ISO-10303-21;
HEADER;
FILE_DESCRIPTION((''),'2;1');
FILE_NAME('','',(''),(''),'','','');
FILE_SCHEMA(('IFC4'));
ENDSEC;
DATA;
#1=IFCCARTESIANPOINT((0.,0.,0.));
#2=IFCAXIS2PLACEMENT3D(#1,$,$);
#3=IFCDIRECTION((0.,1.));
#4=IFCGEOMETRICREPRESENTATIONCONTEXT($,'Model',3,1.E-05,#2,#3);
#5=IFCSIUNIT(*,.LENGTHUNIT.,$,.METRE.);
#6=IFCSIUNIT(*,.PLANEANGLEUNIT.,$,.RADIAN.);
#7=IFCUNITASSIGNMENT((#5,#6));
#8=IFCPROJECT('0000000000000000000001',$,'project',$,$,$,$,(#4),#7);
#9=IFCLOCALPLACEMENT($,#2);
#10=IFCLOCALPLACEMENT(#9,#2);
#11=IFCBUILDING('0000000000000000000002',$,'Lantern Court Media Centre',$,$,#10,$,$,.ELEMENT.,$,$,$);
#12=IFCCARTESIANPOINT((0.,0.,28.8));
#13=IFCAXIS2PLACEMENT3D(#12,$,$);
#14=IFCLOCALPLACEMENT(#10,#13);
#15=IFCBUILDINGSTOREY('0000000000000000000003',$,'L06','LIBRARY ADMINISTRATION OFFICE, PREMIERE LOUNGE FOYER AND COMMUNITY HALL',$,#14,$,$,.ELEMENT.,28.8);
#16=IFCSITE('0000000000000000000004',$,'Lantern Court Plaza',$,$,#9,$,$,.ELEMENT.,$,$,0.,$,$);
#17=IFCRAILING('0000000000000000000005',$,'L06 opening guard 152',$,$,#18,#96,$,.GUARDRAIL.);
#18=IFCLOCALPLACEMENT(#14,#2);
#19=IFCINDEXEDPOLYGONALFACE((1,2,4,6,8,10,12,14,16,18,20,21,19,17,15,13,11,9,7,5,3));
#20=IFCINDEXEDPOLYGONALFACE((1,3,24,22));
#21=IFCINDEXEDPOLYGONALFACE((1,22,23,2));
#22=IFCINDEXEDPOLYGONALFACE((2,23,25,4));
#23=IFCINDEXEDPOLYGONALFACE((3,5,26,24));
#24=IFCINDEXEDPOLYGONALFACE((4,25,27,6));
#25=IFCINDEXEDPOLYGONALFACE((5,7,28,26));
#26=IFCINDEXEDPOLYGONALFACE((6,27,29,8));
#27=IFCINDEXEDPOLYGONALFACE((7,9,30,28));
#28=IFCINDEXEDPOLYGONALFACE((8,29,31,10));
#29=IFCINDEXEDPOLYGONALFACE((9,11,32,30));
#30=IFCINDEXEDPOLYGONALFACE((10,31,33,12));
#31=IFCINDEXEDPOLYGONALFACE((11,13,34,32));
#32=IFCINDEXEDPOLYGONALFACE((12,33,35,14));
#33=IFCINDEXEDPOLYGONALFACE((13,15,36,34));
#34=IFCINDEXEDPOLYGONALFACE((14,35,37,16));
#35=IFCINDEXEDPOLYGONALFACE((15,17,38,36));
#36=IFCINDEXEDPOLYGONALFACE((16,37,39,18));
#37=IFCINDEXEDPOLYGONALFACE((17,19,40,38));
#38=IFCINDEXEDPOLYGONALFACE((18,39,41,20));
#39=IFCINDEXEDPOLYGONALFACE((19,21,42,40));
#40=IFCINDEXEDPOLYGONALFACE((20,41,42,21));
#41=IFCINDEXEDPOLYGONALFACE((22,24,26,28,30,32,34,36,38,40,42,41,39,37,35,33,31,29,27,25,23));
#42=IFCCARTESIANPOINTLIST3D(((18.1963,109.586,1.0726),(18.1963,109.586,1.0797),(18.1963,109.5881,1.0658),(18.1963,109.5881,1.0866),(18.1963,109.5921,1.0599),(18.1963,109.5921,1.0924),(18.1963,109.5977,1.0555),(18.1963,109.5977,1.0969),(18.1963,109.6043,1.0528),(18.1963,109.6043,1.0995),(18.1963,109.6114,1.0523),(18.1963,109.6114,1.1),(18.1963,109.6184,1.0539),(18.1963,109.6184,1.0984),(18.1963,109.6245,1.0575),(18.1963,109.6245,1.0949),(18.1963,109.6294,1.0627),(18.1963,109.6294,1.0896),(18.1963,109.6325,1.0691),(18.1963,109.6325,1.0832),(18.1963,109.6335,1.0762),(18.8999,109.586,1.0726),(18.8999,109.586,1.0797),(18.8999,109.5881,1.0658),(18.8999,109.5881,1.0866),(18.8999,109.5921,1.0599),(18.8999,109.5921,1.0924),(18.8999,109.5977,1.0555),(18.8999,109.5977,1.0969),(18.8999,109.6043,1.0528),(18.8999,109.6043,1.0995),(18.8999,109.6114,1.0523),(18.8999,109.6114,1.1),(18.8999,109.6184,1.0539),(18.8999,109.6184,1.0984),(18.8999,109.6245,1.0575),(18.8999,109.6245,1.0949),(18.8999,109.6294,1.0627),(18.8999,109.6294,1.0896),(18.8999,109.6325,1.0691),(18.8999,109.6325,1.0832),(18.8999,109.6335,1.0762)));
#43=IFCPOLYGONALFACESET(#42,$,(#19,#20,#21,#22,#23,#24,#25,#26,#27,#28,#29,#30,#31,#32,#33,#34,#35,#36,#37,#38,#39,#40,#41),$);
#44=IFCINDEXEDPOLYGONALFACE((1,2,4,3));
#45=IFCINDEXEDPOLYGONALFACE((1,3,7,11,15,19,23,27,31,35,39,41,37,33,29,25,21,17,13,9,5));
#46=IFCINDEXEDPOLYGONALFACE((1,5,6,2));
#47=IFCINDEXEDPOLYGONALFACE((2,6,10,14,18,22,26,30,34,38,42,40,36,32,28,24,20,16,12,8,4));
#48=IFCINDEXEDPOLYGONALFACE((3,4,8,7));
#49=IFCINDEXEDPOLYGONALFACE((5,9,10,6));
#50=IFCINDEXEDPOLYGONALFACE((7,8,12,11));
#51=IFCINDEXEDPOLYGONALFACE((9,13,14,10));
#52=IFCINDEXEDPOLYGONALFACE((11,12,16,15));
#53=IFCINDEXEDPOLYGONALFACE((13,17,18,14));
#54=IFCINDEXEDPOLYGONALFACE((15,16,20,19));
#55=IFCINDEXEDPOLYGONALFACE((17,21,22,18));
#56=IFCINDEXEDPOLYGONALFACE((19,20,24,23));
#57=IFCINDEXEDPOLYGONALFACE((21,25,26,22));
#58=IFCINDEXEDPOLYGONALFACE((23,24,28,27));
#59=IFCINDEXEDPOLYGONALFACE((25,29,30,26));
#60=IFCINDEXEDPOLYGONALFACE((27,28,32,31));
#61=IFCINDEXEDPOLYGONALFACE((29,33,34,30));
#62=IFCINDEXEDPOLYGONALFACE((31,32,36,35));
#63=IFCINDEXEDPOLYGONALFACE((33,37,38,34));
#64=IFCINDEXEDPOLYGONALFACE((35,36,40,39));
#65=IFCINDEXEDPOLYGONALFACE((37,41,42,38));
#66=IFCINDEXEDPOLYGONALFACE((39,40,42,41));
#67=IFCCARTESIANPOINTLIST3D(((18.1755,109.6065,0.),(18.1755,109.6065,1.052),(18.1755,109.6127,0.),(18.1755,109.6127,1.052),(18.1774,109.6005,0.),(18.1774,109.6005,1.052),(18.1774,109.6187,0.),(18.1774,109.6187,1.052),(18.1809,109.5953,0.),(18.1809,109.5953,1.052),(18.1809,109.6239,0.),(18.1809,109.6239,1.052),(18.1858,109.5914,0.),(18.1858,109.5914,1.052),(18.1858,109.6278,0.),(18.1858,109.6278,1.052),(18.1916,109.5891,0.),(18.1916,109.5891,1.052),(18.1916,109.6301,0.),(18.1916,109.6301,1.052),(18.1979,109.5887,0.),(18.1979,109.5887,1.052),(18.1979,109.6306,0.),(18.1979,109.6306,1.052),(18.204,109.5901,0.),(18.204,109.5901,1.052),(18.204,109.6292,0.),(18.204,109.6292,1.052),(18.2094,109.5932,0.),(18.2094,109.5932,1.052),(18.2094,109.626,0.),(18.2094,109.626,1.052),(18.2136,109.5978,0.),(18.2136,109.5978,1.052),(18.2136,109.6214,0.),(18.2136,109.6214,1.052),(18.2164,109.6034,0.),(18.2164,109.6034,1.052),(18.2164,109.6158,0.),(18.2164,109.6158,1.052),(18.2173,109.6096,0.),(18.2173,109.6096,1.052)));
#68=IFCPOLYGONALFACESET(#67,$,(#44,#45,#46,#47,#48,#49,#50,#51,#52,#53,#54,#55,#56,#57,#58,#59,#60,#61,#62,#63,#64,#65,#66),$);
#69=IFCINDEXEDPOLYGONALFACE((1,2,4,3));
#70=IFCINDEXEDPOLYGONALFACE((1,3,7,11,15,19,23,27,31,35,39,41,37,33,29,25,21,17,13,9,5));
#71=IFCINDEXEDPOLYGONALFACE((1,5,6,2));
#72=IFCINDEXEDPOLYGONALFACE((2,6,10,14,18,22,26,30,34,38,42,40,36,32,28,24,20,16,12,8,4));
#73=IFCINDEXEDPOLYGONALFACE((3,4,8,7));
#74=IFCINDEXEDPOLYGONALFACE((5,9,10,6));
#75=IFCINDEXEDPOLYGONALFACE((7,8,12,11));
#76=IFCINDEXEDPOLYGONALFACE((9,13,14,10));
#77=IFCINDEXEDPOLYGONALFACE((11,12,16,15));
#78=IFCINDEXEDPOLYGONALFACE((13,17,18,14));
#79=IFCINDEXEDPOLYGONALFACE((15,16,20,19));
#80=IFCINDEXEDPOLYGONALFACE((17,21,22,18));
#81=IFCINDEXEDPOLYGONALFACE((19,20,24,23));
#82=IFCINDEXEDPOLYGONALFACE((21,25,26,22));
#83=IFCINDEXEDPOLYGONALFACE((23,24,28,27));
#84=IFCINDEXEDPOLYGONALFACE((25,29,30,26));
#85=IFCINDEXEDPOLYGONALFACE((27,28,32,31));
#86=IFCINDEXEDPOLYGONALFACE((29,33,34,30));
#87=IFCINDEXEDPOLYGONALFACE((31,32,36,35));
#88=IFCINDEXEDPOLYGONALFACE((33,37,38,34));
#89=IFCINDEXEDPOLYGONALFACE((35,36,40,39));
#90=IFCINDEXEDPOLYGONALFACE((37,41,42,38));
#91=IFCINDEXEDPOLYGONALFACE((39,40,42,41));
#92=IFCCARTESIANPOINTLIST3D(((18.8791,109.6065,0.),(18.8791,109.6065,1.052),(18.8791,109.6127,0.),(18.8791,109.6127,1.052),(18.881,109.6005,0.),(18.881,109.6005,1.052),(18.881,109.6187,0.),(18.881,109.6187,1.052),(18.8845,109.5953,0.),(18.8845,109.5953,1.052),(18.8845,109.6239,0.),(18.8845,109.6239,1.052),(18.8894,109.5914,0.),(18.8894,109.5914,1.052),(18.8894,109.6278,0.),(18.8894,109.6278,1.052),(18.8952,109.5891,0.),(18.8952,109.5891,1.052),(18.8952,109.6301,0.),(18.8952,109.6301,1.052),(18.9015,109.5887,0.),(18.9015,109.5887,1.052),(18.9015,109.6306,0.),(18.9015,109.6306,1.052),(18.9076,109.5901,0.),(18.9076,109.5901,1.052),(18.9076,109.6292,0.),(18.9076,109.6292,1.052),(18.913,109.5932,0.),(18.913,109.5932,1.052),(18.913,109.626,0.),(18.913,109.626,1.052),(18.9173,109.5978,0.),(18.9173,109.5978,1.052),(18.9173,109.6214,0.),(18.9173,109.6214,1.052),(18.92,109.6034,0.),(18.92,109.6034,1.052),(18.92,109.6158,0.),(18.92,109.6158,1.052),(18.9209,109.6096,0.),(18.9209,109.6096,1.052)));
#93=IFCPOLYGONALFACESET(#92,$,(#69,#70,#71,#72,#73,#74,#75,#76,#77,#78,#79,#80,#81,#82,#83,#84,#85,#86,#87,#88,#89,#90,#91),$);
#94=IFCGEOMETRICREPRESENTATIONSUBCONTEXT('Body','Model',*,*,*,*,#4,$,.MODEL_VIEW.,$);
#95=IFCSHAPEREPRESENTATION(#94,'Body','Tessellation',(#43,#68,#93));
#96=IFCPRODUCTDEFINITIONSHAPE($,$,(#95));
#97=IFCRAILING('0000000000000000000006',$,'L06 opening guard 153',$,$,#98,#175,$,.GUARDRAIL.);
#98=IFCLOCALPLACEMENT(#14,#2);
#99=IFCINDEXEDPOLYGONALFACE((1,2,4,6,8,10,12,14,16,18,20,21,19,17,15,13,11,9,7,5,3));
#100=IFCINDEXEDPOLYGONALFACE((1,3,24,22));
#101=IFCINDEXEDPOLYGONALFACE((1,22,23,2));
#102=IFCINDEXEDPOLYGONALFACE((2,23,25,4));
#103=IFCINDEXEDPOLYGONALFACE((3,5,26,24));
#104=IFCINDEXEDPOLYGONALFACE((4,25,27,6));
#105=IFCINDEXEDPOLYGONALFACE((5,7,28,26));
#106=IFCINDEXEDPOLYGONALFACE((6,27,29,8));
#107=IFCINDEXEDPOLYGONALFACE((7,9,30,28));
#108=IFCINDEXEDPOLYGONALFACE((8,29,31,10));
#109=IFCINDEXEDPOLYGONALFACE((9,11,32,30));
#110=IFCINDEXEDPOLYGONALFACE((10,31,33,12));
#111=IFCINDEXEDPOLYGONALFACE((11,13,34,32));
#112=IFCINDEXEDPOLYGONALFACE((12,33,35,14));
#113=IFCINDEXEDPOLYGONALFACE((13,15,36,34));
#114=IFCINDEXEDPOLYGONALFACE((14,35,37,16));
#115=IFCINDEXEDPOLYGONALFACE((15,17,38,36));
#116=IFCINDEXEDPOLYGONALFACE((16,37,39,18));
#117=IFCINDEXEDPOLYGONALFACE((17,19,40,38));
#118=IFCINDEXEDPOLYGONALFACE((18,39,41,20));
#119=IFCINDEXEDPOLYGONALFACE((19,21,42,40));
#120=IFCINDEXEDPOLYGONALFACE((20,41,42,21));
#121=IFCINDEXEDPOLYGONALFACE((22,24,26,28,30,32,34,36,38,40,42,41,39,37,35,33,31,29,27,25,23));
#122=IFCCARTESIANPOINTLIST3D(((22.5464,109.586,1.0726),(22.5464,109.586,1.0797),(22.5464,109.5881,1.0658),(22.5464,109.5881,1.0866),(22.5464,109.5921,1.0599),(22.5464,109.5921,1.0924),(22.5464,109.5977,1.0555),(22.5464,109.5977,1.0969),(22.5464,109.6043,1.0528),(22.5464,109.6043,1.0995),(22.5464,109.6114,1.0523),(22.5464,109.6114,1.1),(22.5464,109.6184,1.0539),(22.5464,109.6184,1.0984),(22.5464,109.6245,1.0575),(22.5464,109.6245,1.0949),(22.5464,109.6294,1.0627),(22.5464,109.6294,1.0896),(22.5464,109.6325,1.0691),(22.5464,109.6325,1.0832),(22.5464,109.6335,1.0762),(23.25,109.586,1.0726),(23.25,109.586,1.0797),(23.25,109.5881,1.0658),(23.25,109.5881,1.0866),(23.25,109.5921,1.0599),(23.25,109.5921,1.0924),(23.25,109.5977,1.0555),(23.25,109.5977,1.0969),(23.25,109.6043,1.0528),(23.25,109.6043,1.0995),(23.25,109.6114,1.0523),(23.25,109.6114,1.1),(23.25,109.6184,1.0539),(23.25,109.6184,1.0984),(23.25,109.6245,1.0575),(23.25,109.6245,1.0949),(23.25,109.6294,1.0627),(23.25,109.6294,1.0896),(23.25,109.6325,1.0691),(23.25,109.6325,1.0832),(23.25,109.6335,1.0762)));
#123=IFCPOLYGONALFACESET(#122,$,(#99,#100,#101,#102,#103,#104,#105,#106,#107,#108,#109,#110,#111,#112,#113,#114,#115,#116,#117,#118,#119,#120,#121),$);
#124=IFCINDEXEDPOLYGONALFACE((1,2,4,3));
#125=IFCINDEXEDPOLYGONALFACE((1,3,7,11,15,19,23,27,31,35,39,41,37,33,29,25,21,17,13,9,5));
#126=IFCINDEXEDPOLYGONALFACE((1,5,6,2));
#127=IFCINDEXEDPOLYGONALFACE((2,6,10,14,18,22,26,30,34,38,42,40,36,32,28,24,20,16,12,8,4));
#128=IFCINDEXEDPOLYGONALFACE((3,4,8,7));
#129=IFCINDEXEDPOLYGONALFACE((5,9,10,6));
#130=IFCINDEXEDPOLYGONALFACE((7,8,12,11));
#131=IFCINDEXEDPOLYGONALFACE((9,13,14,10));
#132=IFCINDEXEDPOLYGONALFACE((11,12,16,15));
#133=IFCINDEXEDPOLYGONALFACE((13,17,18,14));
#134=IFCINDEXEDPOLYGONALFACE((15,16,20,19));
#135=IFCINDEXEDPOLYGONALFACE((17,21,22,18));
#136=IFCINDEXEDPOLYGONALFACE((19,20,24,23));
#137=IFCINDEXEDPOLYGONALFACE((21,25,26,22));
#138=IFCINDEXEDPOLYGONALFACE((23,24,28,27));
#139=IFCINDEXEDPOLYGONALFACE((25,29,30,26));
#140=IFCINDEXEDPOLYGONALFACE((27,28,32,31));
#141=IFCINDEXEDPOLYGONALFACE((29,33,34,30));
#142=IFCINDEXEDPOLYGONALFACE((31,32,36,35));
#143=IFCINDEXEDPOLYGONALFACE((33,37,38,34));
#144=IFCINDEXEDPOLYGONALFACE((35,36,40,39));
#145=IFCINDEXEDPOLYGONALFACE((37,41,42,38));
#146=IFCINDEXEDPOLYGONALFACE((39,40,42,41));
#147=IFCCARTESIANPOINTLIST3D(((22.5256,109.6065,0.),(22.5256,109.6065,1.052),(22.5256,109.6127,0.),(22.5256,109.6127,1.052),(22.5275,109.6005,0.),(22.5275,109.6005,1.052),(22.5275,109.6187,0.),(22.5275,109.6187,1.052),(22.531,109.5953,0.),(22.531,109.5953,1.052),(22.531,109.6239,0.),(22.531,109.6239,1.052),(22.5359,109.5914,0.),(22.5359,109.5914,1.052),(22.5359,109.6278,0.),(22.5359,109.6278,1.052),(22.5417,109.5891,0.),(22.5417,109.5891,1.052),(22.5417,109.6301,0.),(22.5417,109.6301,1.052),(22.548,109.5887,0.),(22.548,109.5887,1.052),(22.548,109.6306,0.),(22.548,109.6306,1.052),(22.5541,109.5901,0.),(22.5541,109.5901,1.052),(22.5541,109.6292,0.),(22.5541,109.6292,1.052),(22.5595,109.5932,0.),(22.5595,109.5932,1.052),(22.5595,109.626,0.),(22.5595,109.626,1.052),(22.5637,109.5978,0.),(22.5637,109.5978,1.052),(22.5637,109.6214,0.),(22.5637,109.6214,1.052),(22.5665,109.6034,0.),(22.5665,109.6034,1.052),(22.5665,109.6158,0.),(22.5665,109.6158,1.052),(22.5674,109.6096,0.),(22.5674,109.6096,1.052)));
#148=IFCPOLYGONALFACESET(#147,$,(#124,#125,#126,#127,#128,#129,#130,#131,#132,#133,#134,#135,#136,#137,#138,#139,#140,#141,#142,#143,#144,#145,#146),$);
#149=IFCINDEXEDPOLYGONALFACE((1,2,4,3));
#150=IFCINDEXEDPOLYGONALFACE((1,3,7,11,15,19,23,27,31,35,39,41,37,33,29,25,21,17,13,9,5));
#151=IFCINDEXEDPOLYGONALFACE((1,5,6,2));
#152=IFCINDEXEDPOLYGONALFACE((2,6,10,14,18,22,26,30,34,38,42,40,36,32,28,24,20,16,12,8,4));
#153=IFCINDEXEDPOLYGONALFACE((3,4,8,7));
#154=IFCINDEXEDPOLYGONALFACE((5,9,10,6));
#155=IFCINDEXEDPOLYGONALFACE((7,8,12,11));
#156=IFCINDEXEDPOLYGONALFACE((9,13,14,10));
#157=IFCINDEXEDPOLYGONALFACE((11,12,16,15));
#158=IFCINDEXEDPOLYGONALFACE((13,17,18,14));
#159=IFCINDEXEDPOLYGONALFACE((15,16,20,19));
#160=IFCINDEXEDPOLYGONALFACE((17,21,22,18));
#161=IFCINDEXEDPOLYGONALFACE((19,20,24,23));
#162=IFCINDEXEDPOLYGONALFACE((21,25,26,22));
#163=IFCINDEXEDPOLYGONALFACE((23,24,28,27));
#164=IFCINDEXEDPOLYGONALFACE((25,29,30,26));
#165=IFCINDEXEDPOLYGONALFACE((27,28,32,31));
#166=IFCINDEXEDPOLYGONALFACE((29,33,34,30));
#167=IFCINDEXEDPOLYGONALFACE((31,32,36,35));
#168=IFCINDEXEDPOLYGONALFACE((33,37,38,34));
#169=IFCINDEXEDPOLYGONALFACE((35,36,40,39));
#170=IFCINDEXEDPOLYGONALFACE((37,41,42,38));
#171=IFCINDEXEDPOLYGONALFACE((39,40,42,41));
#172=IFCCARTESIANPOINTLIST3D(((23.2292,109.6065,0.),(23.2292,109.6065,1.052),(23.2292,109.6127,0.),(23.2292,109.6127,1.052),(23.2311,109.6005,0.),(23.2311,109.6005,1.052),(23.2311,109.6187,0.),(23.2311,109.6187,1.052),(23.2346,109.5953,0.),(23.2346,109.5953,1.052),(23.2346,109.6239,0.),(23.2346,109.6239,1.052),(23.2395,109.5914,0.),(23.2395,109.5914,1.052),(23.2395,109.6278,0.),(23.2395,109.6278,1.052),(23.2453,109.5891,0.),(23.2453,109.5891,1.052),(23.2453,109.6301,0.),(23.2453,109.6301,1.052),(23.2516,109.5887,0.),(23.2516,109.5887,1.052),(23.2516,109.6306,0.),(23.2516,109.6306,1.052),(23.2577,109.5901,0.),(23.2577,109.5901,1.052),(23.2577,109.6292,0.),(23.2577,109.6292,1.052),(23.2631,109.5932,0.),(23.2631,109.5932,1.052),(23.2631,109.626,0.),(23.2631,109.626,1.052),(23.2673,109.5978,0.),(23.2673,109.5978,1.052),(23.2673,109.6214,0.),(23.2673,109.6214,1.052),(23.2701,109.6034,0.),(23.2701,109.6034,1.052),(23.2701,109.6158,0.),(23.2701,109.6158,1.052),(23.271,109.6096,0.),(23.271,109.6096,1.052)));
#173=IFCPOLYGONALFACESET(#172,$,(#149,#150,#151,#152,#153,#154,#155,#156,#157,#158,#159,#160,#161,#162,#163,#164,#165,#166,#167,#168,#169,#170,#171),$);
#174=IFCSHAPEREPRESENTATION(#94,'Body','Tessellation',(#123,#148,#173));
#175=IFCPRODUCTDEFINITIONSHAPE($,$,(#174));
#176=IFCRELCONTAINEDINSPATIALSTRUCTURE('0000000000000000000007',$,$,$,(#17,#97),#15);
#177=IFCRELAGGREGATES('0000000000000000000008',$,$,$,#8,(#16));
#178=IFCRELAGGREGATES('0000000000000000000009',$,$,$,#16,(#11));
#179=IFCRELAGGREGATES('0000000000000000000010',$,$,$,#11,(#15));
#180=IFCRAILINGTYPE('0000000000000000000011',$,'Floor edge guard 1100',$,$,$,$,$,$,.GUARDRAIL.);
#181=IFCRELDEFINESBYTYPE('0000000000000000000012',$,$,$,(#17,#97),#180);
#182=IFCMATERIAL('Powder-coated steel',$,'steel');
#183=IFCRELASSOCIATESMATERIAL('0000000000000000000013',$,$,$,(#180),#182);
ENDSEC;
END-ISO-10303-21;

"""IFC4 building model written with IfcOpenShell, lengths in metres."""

from ifc_helpers import new_model, si_unit, direction, frame, origin, origin_2d, place, context, subcontext, project, spatial, circle, extrude, material, type_object, element, save


model = new_model("IFC4")

# Units and contexts
model_context = context("Model", 3, precision=1e-05, world=origin(), true_north=direction((0.0, 1.0)))
body_context = subcontext(model_context, "Body", "Model", "MODEL_VIEW")
ifc_project = project(units=[si_unit("LENGTHUNIT", "METRE"), si_unit("PLANEANGLEUNIT", "RADIAN")], contexts=[model_context])

# Site, building, storey
site_placement = place(None, origin())
site = spatial("IfcSite", under=ifc_project, at=site_placement, Name="Lantern Court Plaza", CompositionType="ELEMENT", RefElevation=0.0)
building_placement = place(site_placement, origin())
building = spatial("IfcBuilding", under=site, at=building_placement, Name="Lantern Court Media Centre", CompositionType="ELEMENT")
storey_placement = place(building_placement, frame((0.0, 0.0, 28.8)))
storey = spatial("IfcBuildingStorey", under=building, at=storey_placement, Name="L06", Description="LIBRARY ADMINISTRATION OFFICE, PREMIERE LOUNGE FOYER AND COMMUNITY HALL", CompositionType="ELEMENT", Elevation=28.8)

# Railings
ifc_material_1 = material(Name="Powder-coated steel", Category="steel")
railing_type_1 = type_object("IfcRailingType", Name="Floor edge guard 1100", PredefinedType="GUARDRAIL", material=ifc_material_1)
for number, where, name in (
    (1, (18.1963, 109.6096, 0.0), "L06 opening guard 152"),
    (2, (22.5464, 109.6096, 0.0), "L06 opening guard 153"),
):
    element("IfcRailing", number, at=place(storey_placement, frame(where)), inside=storey, type_object=railing_type_1, Name=name, PredefinedType="GUARDRAIL", context=body_context, shape_type="SweptSolid", body=[
        extrude(circle(Radius=0.0239, at=origin_2d()), frame((0.0, 0.0, 1.0762), z_axis=(1.0, 0.0, 0.0), x_axis=(0.0, 1.0, 0.0)), (0.0, 0.0, 1.0), 0.7036),
        extrude(circle(Radius=0.021, at=origin_2d()), origin(), (0.0, 0.0, 1.0), 1.052),
        extrude(circle(Radius=0.021, at=origin_2d()), frame((0.7036, 0.0, 0.0)), (0.0, 0.0, 1.0), 1.052),
    ])

save(model, "model.ifc")
